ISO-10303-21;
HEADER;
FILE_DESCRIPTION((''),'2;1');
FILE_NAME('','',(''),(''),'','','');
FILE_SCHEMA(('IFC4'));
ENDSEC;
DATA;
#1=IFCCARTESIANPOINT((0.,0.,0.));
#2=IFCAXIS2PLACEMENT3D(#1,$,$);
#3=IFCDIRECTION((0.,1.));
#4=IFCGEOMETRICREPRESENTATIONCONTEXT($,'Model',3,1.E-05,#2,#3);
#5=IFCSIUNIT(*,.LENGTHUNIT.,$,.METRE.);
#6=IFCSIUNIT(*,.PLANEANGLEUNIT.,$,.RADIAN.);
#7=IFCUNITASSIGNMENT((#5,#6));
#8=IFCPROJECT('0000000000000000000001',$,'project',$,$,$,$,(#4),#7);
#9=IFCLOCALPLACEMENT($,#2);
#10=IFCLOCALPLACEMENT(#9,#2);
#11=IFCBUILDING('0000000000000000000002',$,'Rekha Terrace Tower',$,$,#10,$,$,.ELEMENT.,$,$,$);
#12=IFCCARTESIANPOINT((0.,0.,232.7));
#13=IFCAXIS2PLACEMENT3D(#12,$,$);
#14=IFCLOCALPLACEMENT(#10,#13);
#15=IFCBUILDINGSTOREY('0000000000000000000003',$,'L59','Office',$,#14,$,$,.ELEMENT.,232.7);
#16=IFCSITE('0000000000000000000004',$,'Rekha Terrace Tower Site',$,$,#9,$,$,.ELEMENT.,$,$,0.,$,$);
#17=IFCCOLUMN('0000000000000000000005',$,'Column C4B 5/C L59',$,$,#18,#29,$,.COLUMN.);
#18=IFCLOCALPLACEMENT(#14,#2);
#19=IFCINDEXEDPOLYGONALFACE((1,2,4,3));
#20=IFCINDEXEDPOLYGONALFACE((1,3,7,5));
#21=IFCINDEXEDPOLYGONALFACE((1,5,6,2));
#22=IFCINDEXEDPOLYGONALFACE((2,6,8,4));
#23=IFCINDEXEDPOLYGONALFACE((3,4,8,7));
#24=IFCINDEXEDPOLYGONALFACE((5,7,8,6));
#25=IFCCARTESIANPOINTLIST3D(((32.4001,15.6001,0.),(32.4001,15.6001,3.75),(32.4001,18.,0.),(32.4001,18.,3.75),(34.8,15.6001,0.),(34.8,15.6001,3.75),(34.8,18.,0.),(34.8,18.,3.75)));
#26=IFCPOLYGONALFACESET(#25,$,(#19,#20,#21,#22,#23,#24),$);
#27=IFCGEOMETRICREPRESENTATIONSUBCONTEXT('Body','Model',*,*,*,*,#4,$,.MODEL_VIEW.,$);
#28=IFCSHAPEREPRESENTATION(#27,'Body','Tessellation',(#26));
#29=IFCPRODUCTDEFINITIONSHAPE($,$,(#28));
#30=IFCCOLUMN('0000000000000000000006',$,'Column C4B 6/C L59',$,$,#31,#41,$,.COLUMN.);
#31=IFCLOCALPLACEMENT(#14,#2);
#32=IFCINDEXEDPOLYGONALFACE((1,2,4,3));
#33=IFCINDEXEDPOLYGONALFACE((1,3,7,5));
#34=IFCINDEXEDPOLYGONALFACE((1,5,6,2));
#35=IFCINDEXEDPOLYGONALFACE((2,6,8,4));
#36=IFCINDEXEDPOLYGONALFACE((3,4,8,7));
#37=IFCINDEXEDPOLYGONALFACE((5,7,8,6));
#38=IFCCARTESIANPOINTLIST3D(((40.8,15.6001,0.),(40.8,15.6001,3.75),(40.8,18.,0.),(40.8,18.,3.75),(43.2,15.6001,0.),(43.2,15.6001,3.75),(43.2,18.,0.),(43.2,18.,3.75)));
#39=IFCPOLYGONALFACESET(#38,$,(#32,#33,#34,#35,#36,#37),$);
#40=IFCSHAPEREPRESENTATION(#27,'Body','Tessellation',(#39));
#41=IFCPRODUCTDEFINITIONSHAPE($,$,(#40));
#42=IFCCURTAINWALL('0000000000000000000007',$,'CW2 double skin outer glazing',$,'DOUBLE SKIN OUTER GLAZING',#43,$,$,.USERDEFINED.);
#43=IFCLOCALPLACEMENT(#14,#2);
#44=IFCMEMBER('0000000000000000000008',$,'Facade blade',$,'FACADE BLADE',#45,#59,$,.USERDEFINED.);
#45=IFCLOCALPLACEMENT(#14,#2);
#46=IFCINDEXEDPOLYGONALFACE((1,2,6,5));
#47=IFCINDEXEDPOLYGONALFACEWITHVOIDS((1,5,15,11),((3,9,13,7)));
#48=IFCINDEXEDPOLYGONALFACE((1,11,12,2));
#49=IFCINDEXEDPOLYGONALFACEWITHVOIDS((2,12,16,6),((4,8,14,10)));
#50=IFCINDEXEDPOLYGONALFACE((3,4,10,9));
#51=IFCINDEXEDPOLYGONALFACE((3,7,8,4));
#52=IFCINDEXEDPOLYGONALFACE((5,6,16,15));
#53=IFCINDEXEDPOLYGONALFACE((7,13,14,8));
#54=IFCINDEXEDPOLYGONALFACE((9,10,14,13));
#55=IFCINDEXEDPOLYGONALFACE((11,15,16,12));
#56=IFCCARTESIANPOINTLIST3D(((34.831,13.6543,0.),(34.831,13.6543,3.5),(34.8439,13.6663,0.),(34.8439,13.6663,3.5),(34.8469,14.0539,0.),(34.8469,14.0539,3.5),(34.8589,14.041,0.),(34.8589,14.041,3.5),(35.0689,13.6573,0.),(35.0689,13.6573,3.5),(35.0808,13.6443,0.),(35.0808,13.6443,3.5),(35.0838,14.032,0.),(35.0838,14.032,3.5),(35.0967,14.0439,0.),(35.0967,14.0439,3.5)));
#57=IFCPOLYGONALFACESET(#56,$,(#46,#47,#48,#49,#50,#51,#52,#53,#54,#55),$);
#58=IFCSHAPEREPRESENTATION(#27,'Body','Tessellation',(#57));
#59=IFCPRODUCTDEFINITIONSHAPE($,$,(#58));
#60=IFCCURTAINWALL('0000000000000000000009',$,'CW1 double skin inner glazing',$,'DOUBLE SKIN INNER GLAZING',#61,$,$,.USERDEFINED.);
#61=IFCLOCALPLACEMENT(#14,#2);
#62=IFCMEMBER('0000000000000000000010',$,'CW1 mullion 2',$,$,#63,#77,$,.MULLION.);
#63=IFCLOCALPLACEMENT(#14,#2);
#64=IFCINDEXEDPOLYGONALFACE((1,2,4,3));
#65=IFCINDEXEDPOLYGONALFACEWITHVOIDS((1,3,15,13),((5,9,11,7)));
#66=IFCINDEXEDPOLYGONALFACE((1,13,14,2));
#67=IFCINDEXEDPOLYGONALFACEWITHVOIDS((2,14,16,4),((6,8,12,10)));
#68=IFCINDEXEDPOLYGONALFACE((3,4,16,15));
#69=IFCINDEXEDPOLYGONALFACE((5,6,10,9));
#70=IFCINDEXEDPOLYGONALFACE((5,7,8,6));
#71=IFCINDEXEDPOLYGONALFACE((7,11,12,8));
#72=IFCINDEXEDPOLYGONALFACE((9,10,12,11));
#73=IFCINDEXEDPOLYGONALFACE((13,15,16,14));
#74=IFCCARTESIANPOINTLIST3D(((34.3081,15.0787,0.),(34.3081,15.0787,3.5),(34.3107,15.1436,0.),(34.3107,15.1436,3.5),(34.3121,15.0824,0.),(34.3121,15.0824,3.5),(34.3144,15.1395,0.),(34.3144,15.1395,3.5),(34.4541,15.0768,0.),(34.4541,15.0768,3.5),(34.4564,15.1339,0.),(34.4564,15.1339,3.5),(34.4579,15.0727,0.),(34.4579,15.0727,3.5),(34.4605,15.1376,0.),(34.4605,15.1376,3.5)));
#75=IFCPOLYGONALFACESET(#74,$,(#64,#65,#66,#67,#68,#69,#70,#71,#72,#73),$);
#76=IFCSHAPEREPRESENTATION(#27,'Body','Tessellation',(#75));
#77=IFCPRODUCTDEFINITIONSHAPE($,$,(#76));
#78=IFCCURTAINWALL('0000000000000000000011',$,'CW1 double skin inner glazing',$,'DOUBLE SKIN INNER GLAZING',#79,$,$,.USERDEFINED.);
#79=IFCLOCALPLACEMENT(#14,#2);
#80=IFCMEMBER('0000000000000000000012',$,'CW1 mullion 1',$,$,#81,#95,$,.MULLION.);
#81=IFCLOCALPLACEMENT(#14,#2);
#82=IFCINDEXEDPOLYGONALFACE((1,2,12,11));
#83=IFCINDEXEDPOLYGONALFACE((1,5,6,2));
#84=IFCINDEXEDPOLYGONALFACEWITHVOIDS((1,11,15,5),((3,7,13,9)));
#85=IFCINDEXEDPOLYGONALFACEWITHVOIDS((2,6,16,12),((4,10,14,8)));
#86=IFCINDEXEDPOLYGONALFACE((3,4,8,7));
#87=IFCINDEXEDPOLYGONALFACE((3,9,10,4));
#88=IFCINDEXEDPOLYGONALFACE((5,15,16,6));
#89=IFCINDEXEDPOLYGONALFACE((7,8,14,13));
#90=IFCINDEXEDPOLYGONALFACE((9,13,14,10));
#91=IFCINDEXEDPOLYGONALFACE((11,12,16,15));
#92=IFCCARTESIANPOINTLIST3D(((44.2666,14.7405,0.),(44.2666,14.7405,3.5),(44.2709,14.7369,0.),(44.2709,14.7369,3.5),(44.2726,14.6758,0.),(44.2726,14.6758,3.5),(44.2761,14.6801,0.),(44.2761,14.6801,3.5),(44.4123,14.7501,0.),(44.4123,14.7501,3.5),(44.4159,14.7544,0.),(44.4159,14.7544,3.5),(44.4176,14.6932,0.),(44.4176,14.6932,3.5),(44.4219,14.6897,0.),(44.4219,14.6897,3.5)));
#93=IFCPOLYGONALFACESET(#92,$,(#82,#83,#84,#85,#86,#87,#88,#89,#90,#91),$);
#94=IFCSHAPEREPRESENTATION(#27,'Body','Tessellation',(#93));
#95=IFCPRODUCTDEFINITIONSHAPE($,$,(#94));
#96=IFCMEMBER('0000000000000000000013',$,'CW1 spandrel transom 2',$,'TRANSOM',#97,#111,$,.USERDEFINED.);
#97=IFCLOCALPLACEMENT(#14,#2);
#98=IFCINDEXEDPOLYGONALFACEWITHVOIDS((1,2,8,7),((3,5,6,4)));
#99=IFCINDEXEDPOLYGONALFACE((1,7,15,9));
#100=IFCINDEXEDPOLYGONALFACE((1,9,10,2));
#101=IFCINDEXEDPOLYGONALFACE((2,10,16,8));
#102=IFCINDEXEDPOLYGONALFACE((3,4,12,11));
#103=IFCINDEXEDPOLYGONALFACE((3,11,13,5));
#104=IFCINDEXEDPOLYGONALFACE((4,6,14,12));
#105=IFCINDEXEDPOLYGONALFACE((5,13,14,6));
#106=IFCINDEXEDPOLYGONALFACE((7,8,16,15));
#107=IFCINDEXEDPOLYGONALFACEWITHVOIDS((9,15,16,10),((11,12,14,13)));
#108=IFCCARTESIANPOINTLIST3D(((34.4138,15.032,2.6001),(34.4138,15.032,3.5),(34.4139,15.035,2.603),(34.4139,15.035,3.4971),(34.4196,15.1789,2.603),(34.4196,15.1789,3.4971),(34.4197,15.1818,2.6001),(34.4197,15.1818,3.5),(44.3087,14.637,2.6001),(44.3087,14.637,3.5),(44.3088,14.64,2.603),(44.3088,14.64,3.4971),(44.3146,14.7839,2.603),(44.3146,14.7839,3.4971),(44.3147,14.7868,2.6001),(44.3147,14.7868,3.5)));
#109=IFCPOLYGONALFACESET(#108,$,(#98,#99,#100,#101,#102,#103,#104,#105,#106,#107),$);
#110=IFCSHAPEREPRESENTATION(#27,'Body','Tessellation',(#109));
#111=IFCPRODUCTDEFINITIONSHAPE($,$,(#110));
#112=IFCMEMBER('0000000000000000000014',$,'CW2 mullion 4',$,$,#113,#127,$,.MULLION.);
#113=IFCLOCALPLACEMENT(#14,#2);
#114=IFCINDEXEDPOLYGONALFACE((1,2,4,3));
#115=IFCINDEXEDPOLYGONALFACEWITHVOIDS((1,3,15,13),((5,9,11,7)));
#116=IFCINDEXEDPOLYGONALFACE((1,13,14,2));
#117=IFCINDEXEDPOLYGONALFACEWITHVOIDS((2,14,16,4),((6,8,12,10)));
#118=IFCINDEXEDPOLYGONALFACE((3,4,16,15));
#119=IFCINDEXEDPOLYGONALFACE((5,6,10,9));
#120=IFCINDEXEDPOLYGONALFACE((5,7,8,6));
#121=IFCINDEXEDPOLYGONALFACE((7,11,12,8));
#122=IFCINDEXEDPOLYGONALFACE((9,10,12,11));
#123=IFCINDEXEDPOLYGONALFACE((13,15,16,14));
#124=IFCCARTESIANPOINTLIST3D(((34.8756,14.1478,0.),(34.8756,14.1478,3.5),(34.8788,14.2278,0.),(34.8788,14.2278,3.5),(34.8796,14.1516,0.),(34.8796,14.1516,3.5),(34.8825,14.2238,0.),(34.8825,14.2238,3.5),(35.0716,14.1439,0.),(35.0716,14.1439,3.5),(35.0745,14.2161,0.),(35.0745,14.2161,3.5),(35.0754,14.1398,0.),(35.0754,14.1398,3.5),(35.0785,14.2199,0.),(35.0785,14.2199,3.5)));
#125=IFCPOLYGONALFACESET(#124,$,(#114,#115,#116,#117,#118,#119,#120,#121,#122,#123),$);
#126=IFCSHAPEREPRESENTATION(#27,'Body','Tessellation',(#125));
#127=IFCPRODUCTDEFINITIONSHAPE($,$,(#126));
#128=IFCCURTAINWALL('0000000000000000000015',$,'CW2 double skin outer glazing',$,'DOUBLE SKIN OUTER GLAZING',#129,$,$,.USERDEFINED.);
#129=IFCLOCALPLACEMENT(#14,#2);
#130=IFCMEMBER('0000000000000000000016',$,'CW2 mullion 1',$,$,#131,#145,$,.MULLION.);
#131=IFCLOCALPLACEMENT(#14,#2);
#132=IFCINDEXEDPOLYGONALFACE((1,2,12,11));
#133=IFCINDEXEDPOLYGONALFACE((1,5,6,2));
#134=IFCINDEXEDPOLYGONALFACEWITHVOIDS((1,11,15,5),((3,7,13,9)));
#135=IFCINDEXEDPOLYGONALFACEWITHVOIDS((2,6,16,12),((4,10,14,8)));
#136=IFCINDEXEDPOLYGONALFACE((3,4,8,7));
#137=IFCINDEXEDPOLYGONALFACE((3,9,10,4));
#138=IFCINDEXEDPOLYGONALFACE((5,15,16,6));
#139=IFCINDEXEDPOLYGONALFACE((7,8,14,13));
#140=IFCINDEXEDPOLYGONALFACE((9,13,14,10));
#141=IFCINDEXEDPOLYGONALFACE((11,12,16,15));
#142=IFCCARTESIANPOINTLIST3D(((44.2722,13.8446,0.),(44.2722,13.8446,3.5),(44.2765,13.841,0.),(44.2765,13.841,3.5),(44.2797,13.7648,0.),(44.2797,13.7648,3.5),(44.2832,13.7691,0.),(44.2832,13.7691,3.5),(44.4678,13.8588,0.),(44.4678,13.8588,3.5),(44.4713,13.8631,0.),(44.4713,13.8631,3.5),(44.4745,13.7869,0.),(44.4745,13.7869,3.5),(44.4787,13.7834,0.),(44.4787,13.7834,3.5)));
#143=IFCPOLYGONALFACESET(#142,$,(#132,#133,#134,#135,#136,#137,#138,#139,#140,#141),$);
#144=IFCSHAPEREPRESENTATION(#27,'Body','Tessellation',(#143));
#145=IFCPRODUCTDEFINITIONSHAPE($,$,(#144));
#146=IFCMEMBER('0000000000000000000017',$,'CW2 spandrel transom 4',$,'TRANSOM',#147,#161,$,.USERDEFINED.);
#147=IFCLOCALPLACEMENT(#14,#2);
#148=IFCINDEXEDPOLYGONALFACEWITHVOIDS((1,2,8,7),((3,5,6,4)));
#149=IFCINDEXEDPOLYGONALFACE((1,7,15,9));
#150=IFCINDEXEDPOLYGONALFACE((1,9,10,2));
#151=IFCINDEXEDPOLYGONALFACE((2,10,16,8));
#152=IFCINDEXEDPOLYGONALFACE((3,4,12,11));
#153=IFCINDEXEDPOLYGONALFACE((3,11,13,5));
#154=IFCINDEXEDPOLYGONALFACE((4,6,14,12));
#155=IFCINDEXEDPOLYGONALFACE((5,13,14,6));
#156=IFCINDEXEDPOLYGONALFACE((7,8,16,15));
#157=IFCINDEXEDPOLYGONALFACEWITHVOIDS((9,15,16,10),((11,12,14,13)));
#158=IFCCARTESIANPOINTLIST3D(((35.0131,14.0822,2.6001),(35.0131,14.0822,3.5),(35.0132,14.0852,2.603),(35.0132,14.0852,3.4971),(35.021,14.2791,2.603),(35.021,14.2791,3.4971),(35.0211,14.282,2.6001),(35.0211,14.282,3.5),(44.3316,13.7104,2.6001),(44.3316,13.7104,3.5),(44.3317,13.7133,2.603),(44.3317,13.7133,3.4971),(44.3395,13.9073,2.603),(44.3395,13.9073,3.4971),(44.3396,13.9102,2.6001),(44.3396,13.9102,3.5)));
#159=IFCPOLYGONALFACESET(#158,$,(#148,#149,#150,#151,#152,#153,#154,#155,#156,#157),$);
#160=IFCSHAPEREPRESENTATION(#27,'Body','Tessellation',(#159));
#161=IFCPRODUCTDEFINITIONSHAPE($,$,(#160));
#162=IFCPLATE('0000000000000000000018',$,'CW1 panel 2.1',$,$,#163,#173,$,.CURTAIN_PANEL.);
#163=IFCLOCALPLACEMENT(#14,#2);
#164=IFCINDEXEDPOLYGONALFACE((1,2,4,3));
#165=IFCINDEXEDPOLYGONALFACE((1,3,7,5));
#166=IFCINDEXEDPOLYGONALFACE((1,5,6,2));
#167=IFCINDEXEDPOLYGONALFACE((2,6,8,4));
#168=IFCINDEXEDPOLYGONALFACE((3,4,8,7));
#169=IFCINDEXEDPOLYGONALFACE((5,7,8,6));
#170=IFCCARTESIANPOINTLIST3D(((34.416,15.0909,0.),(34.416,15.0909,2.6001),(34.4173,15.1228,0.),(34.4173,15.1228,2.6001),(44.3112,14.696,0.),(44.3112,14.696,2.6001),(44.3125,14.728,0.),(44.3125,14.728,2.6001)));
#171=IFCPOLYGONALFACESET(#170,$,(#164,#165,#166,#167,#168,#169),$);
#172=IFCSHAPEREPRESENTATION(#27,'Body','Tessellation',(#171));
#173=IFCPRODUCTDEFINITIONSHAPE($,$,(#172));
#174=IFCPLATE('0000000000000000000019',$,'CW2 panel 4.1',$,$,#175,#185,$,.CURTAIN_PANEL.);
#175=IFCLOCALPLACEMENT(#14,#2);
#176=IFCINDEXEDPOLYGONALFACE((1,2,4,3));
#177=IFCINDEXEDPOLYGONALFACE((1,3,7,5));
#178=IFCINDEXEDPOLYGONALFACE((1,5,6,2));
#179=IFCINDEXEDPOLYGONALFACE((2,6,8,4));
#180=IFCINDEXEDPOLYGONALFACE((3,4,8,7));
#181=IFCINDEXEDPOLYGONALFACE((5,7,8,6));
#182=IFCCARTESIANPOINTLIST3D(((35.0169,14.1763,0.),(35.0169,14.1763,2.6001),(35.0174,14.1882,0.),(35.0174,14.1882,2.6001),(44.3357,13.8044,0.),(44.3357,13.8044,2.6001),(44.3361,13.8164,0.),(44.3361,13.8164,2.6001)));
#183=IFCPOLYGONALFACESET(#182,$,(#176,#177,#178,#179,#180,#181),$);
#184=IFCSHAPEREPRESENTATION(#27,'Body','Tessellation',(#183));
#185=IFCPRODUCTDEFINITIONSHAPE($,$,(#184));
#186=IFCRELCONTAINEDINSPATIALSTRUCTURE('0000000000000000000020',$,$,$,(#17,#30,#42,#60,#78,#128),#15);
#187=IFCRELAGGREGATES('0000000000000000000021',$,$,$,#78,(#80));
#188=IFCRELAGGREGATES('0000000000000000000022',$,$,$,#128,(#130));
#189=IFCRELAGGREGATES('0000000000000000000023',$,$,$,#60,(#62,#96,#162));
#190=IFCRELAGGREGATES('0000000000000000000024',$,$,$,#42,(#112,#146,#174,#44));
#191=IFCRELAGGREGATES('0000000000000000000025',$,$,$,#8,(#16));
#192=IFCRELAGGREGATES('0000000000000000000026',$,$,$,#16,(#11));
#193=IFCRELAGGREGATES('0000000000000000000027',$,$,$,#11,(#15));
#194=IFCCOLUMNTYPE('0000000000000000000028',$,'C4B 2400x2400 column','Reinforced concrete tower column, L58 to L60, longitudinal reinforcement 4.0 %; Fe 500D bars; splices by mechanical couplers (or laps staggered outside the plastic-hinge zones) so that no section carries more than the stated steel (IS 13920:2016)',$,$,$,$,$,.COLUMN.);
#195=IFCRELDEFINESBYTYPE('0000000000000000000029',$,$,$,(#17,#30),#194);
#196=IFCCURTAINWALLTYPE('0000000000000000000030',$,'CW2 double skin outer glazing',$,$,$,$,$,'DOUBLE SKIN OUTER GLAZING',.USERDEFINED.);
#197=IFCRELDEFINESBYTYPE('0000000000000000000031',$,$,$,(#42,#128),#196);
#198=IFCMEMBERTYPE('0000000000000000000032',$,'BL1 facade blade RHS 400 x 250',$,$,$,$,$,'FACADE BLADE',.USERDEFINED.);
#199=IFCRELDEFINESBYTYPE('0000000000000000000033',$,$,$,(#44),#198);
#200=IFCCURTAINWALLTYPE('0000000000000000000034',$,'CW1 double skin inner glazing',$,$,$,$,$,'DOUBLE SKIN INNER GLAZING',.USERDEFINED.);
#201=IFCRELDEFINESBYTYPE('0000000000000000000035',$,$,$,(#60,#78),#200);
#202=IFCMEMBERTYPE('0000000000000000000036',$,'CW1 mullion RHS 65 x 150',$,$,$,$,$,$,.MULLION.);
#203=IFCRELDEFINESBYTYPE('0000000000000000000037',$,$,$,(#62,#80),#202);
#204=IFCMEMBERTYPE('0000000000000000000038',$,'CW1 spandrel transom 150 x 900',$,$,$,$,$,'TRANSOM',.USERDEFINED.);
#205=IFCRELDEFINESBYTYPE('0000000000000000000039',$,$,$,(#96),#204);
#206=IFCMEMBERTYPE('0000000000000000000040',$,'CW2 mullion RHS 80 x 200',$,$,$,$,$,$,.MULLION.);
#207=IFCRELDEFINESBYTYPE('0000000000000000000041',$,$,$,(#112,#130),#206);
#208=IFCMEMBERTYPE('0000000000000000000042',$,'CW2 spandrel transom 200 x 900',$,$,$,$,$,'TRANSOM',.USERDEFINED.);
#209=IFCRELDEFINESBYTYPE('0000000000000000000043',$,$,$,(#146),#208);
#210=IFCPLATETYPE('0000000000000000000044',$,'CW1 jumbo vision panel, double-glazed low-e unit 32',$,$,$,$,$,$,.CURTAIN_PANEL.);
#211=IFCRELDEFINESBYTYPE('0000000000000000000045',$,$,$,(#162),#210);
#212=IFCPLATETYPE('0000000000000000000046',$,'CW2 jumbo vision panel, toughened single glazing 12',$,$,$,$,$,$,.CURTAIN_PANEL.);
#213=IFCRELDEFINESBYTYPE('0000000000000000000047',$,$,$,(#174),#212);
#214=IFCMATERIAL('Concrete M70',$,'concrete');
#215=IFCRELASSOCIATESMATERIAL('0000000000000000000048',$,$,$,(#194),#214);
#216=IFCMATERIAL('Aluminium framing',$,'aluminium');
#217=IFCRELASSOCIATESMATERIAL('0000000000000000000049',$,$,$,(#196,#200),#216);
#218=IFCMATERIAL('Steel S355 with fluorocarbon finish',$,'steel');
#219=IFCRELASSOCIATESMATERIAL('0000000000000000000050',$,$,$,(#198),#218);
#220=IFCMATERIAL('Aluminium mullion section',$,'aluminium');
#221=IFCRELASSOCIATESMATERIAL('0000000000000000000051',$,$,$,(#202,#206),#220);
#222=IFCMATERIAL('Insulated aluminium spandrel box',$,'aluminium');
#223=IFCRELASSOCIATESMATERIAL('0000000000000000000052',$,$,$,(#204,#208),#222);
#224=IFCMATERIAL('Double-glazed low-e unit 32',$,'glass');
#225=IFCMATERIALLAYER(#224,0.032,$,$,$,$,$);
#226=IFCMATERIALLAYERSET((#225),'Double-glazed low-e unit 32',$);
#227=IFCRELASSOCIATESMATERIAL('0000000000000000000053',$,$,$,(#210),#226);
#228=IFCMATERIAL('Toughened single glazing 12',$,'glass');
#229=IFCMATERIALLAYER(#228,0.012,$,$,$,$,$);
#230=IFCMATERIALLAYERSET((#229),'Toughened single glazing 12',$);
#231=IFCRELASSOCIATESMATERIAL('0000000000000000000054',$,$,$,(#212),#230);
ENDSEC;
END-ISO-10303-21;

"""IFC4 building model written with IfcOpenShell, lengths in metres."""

from ifc_helpers import new_model, si_unit, direction, frame, origin, origin_2d, place, context, subcontext, project, spatial, rectangle, hollow_rectangle, extrude, material, layer, layer_set, material_profile, profile_set, type_object, element, aggregate, save


model = new_model("IFC4")

# Units and contexts
model_context = context("Model", 3, precision=1e-05, world=origin(), true_north=direction((0.0, 1.0)))
body_context = subcontext(model_context, "Body", "Model", "MODEL_VIEW")
ifc_project = project(units=[si_unit("LENGTHUNIT", "METRE"), si_unit("PLANEANGLEUNIT", "RADIAN")], contexts=[model_context])

# Site, building, storey
site_placement = place(None, origin())
site = spatial("IfcSite", under=ifc_project, at=site_placement, Name="Rekha Terrace Tower Site", CompositionType="ELEMENT", RefElevation=0.0)
building_placement = place(site_placement, origin())
building = spatial("IfcBuilding", under=site, at=building_placement, Name="Rekha Terrace Tower", CompositionType="ELEMENT")
storey_placement = place(building_placement, frame((0.0, 0.0, 232.7)))
storey = spatial("IfcBuildingStorey", under=building, at=storey_placement, Name="L59", Description="Office", CompositionType="ELEMENT", Elevation=232.7)

# Columns
ifc_material_1 = material(Name="Concrete M70", Category="concrete")
ifc_material_profile_1 = material_profile(ifc_material_1, rectangle(XDim=2.3999, YDim=2.3999, at=origin_2d()), Name="RC 2400x2400")
ifc_profile_set_1 = profile_set([ifc_material_profile_1], Name="Concrete M70")
column_type = type_object("IfcColumnType", Name="C4B 2400x2400 column", Description="Reinforced concrete tower column, L58 to L60, longitudinal reinforcement 4.0 %; Fe 500D bars; splices by mechanical couplers (or laps staggered outside the plastic-hinge zones) so that no section carries more than the stated steel (IS 13920:2016)", PredefinedType="COLUMN", material=ifc_profile_set_1)
for number, where, z_axis, x_axis, name in (
    (1, (33.6001, 16.8, 0.0), (0.0, 0.0, 1.0), (1.0, 0.0, 0.0), "Column C4B 5/C L59"),
    (2, (42.0, 16.8, 0.0), (0.0, 0.0, 1.0), (1.0, 0.0, 0.0), "Column C4B 6/C L59"),
):
    element("IfcColumn", number, at=place(storey_placement, frame(where, z_axis=z_axis, x_axis=x_axis)), inside=storey, type_object=column_type, Name=name, PredefinedType="COLUMN", context=body_context, shape_type="SweptSolid", body=[
        extrude(rectangle(XDim=2.3999, YDim=2.3999, at=origin_2d()), origin(), (0.0, 0.0, 1.0), 3.75),
    ])

# Curtain walls, members
ifc_material_2 = material(Name="Aluminium framing", Category="aluminium")
curtain_wall_type_1 = type_object("IfcCurtainWallType", Name="CW2 double skin outer glazing", ElementType="DOUBLE SKIN OUTER GLAZING", PredefinedType="USERDEFINED", material=ifc_material_2)
curtain_wall_1_placement = place(storey_placement, origin())
curtain_wall_1 = element("IfcCurtainWall", 3, at=curtain_wall_1_placement, inside=storey, type_object=curtain_wall_type_1, Name="CW2 double skin outer glazing", ObjectType="DOUBLE SKIN OUTER GLAZING", PredefinedType="USERDEFINED")
ifc_material_3 = material(Name="Steel S355 with fluorocarbon finish", Category="steel")
ifc_material_profile_2 = material_profile(ifc_material_3, hollow_rectangle(XDim=0.25, YDim=0.3999, WallThickness=0.0125, at=origin_2d()), Name="RHS400x250x12.5")
ifc_profile_set_2 = profile_set([ifc_material_profile_2], Name="Steel S355 with fluorocarbon finish")
member_type_1 = type_object("IfcMemberType", Name="BL1 facade blade RHS 400 x 250", ElementType="FACADE BLADE", PredefinedType="USERDEFINED", material=ifc_profile_set_2)
member_1_placement = place(storey_placement, frame((34.9639, 13.8491, 0.0), z_axis=(0.0, 0.0, 1.0), x_axis=(0.999205, -0.039872, 0.0)))
member_1 = element("IfcMember", 4, at=member_1_placement, type_object=member_type_1, Name="Facade blade", ObjectType="FACADE BLADE", PredefinedType="USERDEFINED", context=body_context, shape_type="SweptSolid", body=[
    extrude(hollow_rectangle(XDim=0.25, YDim=0.3999, WallThickness=0.0125, at=origin_2d()), origin(), (0.0, 0.0, 1.0), 3.5),
])
curtain_wall_type_2 = type_object("IfcCurtainWallType", Name="CW1 double skin inner glazing", ElementType="DOUBLE SKIN INNER GLAZING", PredefinedType="USERDEFINED", material=ifc_material_2)
curtain_wall_2_placement = place(storey_placement, origin())
curtain_wall_2 = element("IfcCurtainWall", 5, at=curtain_wall_2_placement, inside=storey, type_object=curtain_wall_type_2, Name="CW1 double skin inner glazing", ObjectType="DOUBLE SKIN INNER GLAZING", PredefinedType="USERDEFINED")
ifc_material_4 = material(Name="Aluminium mullion section", Category="aluminium")
ifc_material_profile_3 = material_profile(ifc_material_4, hollow_rectangle(XDim=0.0649, YDim=0.1499, WallThickness=0.0039, at=origin_2d()), Name="AL RHS 65x150")
ifc_profile_set_3 = profile_set([ifc_material_profile_3], Name="Aluminium mullion section")
member_type_2 = type_object("IfcMemberType", Name="CW1 mullion RHS 65 x 150", PredefinedType="MULLION", material=ifc_profile_set_3)
member_2_placement = place(storey_placement, frame((34.3843, 15.1082, 0.0), z_axis=(0.0, 0.0, 1.0), x_axis=(0.039872, 0.999205, 0.0)))
member_2 = element("IfcMember", 6, at=member_2_placement, type_object=member_type_2, Name="CW1 mullion 2", PredefinedType="MULLION", context=body_context, shape_type="SweptSolid", body=[
    extrude(hollow_rectangle(XDim=0.0649, YDim=0.1499, WallThickness=0.0039, at=origin_2d()), origin(), (0.0, 0.0, 1.0), 3.5),
])
curtain_wall_3_placement = place(storey_placement, origin())
curtain_wall_3 = element("IfcCurtainWall", 7, at=curtain_wall_3_placement, inside=storey, type_object=curtain_wall_type_2, Name="CW1 double skin inner glazing", ObjectType="DOUBLE SKIN INNER GLAZING", PredefinedType="USERDEFINED")
member_3_placement = place(storey_placement, frame((44.3442, 14.7151, 0.0), z_axis=(0.0, 0.0, 1.0), x_axis=(-0.092709, 0.995693, 0.0)))
member_3 = element("IfcMember", 8, at=member_3_placement, type_object=member_type_2, Name="CW1 mullion 1", PredefinedType="MULLION", context=body_context, shape_type="SweptSolid", body=[
    extrude(hollow_rectangle(XDim=0.0649, YDim=0.1499, WallThickness=0.0039, at=origin_2d()), origin(), (0.0, 0.0, 1.0), 3.5),
])
aggregate(curtain_wall_3, [member_3])

# Members
ifc_material_5 = material(Name="Insulated aluminium spandrel box", Category="aluminium")
ifc_material_profile_4 = material_profile(ifc_material_5, hollow_rectangle(XDim=0.1499, YDim=0.8999, WallThickness=0.0029, at=origin_2d()), Name="AL SPANDREL BOX 150x900")
ifc_profile_set_4 = profile_set([ifc_material_profile_4], Name="Insulated aluminium spandrel box")
member_type_3 = type_object("IfcMemberType", Name="CW1 spandrel transom 150 x 900", ElementType="TRANSOM", PredefinedType="USERDEFINED", material=ifc_profile_set_4)
member_4_placement = place(storey_placement, frame((34.4167, 15.1069, 3.05), z_axis=(0.999204, -0.039889, 0.0), x_axis=(0.039889, 0.999204, 0.0)))
member_4 = element("IfcMember", 9, at=member_4_placement, type_object=member_type_3, Name="CW1 spandrel transom 2", ObjectType="TRANSOM", PredefinedType="USERDEFINED", context=body_context, shape_type="SweptSolid", body=[
    extrude(hollow_rectangle(XDim=0.1499, YDim=0.8999, WallThickness=0.0029, at=origin_2d()), origin(), (0.0, 0.0, 1.0), 9.9028),
])
ifc_material_profile_5 = material_profile(ifc_material_4, hollow_rectangle(XDim=0.0801, YDim=0.2, WallThickness=0.0039, at=origin_2d()), Name="AL RHS 80x200")
ifc_profile_set_5 = profile_set([ifc_material_profile_5], Name="Aluminium mullion section")
member_type_4 = type_object("IfcMemberType", Name="CW2 mullion RHS 80 x 200", PredefinedType="MULLION", material=ifc_profile_set_5)
member_5_placement = place(storey_placement, frame((34.9771, 14.1838, 0.0), z_axis=(0.0, 0.0, 1.0), x_axis=(0.039872, 0.999205, 0.0)))
member_5 = element("IfcMember", 10, at=member_5_placement, type_object=member_type_4, Name="CW2 mullion 4", PredefinedType="MULLION", context=body_context, shape_type="SweptSolid", body=[
    extrude(hollow_rectangle(XDim=0.0801, YDim=0.2, WallThickness=0.0039, at=origin_2d()), origin(), (0.0, 0.0, 1.0), 3.5),
])

# Curtain wall, member
curtain_wall_4_placement = place(storey_placement, origin())
curtain_wall_4 = element("IfcCurtainWall", 11, at=curtain_wall_4_placement, inside=storey, type_object=curtain_wall_type_1, Name="CW2 double skin outer glazing", ObjectType="DOUBLE SKIN OUTER GLAZING", PredefinedType="USERDEFINED")
member_6_placement = place(storey_placement, frame((44.3755, 13.814, 0.0), z_axis=(0.0, 0.0, 1.0), x_axis=(-0.092709, 0.995693, 0.0)))
member_6 = element("IfcMember", 12, at=member_6_placement, type_object=member_type_4, Name="CW2 mullion 1", PredefinedType="MULLION", context=body_context, shape_type="SweptSolid", body=[
    extrude(hollow_rectangle(XDim=0.0801, YDim=0.2, WallThickness=0.0039, at=origin_2d()), origin(), (0.0, 0.0, 1.0), 3.5),
])
aggregate(curtain_wall_4, [member_6])

# Member
ifc_material_profile_6 = material_profile(ifc_material_5, hollow_rectangle(XDim=0.2, YDim=0.8999, WallThickness=0.0029, at=origin_2d()), Name="AL SPANDREL BOX 200x900")
ifc_profile_set_6 = profile_set([ifc_material_profile_6], Name="Insulated aluminium spandrel box")
member_type_5 = type_object("IfcMemberType", Name="CW2 spandrel transom 200 x 900", ElementType="TRANSOM", PredefinedType="USERDEFINED", material=ifc_profile_set_6)
member_7_placement = place(storey_placement, frame((35.0171, 14.1821, 3.05), z_axis=(0.999205, -0.03987, 0.0), x_axis=(0.03987, 0.999205, 0.0)))
member_7 = element("IfcMember", 13, at=member_7_placement, type_object=member_type_5, Name="CW2 spandrel transom 4", ObjectType="TRANSOM", PredefinedType="USERDEFINED", context=body_context, shape_type="SweptSolid", body=[
    extrude(hollow_rectangle(XDim=0.2, YDim=0.8999, WallThickness=0.0029, at=origin_2d()), origin(), (0.0, 0.0, 1.0), 9.3259),
])

# Plates
ifc_material_6 = material(Name="Double-glazed low-e unit 32", Category="glass")
ifc_layer_1 = layer(ifc_material_6, 0.032)
ifc_layer_set_1 = layer_set([ifc_layer_1], Name="Double-glazed low-e unit 32")
plate_type_1 = type_object("IfcPlateType", Name="CW1 jumbo vision panel, double-glazed low-e unit 32", PredefinedType="CURTAIN_PANEL", material=ifc_layer_set_1)
plate_1_placement = place(storey_placement, frame((39.3643, 14.9094, 0.0), z_axis=(0.0, 0.0, 1.0), x_axis=(0.999205, -0.039872, 0.0)))
plate_1 = element("IfcPlate", 14, at=plate_1_placement, type_object=plate_type_1, Name="CW1 panel 2.1", PredefinedType="CURTAIN_PANEL", context=body_context, shape_type="SweptSolid", body=[
    extrude(rectangle(XDim=9.9031, YDim=0.032, at=origin_2d()), origin(), (0.0, 0.0, 1.0), 2.6001),
])
aggregate(curtain_wall_2, [member_2, member_4, plate_1])
ifc_material_7 = material(Name="Toughened single glazing 12", Category="glass")
ifc_layer_2 = layer(ifc_material_7, 0.012)
ifc_layer_set_2 = layer_set([ifc_layer_2], Name="Toughened single glazing 12")
plate_type_2 = type_object("IfcPlateType", Name="CW2 jumbo vision panel, toughened single glazing 12", PredefinedType="CURTAIN_PANEL", material=ifc_layer_set_2)
plate_2_placement = place(storey_placement, frame((39.6765, 13.9963, 0.0), z_axis=(0.0, 0.0, 1.0), x_axis=(0.999205, -0.039872, 0.0)))
plate_2 = element("IfcPlate", 15, at=plate_2_placement, type_object=plate_type_2, Name="CW2 panel 4.1", PredefinedType="CURTAIN_PANEL", context=body_context, shape_type="SweptSolid", body=[
    extrude(rectangle(XDim=9.3262, YDim=0.012, at=origin_2d()), origin(), (0.0, 0.0, 1.0), 2.6001),
])
aggregate(curtain_wall_1, [member_5, member_7, plate_2, member_1])

save(model, "model.ifc")
